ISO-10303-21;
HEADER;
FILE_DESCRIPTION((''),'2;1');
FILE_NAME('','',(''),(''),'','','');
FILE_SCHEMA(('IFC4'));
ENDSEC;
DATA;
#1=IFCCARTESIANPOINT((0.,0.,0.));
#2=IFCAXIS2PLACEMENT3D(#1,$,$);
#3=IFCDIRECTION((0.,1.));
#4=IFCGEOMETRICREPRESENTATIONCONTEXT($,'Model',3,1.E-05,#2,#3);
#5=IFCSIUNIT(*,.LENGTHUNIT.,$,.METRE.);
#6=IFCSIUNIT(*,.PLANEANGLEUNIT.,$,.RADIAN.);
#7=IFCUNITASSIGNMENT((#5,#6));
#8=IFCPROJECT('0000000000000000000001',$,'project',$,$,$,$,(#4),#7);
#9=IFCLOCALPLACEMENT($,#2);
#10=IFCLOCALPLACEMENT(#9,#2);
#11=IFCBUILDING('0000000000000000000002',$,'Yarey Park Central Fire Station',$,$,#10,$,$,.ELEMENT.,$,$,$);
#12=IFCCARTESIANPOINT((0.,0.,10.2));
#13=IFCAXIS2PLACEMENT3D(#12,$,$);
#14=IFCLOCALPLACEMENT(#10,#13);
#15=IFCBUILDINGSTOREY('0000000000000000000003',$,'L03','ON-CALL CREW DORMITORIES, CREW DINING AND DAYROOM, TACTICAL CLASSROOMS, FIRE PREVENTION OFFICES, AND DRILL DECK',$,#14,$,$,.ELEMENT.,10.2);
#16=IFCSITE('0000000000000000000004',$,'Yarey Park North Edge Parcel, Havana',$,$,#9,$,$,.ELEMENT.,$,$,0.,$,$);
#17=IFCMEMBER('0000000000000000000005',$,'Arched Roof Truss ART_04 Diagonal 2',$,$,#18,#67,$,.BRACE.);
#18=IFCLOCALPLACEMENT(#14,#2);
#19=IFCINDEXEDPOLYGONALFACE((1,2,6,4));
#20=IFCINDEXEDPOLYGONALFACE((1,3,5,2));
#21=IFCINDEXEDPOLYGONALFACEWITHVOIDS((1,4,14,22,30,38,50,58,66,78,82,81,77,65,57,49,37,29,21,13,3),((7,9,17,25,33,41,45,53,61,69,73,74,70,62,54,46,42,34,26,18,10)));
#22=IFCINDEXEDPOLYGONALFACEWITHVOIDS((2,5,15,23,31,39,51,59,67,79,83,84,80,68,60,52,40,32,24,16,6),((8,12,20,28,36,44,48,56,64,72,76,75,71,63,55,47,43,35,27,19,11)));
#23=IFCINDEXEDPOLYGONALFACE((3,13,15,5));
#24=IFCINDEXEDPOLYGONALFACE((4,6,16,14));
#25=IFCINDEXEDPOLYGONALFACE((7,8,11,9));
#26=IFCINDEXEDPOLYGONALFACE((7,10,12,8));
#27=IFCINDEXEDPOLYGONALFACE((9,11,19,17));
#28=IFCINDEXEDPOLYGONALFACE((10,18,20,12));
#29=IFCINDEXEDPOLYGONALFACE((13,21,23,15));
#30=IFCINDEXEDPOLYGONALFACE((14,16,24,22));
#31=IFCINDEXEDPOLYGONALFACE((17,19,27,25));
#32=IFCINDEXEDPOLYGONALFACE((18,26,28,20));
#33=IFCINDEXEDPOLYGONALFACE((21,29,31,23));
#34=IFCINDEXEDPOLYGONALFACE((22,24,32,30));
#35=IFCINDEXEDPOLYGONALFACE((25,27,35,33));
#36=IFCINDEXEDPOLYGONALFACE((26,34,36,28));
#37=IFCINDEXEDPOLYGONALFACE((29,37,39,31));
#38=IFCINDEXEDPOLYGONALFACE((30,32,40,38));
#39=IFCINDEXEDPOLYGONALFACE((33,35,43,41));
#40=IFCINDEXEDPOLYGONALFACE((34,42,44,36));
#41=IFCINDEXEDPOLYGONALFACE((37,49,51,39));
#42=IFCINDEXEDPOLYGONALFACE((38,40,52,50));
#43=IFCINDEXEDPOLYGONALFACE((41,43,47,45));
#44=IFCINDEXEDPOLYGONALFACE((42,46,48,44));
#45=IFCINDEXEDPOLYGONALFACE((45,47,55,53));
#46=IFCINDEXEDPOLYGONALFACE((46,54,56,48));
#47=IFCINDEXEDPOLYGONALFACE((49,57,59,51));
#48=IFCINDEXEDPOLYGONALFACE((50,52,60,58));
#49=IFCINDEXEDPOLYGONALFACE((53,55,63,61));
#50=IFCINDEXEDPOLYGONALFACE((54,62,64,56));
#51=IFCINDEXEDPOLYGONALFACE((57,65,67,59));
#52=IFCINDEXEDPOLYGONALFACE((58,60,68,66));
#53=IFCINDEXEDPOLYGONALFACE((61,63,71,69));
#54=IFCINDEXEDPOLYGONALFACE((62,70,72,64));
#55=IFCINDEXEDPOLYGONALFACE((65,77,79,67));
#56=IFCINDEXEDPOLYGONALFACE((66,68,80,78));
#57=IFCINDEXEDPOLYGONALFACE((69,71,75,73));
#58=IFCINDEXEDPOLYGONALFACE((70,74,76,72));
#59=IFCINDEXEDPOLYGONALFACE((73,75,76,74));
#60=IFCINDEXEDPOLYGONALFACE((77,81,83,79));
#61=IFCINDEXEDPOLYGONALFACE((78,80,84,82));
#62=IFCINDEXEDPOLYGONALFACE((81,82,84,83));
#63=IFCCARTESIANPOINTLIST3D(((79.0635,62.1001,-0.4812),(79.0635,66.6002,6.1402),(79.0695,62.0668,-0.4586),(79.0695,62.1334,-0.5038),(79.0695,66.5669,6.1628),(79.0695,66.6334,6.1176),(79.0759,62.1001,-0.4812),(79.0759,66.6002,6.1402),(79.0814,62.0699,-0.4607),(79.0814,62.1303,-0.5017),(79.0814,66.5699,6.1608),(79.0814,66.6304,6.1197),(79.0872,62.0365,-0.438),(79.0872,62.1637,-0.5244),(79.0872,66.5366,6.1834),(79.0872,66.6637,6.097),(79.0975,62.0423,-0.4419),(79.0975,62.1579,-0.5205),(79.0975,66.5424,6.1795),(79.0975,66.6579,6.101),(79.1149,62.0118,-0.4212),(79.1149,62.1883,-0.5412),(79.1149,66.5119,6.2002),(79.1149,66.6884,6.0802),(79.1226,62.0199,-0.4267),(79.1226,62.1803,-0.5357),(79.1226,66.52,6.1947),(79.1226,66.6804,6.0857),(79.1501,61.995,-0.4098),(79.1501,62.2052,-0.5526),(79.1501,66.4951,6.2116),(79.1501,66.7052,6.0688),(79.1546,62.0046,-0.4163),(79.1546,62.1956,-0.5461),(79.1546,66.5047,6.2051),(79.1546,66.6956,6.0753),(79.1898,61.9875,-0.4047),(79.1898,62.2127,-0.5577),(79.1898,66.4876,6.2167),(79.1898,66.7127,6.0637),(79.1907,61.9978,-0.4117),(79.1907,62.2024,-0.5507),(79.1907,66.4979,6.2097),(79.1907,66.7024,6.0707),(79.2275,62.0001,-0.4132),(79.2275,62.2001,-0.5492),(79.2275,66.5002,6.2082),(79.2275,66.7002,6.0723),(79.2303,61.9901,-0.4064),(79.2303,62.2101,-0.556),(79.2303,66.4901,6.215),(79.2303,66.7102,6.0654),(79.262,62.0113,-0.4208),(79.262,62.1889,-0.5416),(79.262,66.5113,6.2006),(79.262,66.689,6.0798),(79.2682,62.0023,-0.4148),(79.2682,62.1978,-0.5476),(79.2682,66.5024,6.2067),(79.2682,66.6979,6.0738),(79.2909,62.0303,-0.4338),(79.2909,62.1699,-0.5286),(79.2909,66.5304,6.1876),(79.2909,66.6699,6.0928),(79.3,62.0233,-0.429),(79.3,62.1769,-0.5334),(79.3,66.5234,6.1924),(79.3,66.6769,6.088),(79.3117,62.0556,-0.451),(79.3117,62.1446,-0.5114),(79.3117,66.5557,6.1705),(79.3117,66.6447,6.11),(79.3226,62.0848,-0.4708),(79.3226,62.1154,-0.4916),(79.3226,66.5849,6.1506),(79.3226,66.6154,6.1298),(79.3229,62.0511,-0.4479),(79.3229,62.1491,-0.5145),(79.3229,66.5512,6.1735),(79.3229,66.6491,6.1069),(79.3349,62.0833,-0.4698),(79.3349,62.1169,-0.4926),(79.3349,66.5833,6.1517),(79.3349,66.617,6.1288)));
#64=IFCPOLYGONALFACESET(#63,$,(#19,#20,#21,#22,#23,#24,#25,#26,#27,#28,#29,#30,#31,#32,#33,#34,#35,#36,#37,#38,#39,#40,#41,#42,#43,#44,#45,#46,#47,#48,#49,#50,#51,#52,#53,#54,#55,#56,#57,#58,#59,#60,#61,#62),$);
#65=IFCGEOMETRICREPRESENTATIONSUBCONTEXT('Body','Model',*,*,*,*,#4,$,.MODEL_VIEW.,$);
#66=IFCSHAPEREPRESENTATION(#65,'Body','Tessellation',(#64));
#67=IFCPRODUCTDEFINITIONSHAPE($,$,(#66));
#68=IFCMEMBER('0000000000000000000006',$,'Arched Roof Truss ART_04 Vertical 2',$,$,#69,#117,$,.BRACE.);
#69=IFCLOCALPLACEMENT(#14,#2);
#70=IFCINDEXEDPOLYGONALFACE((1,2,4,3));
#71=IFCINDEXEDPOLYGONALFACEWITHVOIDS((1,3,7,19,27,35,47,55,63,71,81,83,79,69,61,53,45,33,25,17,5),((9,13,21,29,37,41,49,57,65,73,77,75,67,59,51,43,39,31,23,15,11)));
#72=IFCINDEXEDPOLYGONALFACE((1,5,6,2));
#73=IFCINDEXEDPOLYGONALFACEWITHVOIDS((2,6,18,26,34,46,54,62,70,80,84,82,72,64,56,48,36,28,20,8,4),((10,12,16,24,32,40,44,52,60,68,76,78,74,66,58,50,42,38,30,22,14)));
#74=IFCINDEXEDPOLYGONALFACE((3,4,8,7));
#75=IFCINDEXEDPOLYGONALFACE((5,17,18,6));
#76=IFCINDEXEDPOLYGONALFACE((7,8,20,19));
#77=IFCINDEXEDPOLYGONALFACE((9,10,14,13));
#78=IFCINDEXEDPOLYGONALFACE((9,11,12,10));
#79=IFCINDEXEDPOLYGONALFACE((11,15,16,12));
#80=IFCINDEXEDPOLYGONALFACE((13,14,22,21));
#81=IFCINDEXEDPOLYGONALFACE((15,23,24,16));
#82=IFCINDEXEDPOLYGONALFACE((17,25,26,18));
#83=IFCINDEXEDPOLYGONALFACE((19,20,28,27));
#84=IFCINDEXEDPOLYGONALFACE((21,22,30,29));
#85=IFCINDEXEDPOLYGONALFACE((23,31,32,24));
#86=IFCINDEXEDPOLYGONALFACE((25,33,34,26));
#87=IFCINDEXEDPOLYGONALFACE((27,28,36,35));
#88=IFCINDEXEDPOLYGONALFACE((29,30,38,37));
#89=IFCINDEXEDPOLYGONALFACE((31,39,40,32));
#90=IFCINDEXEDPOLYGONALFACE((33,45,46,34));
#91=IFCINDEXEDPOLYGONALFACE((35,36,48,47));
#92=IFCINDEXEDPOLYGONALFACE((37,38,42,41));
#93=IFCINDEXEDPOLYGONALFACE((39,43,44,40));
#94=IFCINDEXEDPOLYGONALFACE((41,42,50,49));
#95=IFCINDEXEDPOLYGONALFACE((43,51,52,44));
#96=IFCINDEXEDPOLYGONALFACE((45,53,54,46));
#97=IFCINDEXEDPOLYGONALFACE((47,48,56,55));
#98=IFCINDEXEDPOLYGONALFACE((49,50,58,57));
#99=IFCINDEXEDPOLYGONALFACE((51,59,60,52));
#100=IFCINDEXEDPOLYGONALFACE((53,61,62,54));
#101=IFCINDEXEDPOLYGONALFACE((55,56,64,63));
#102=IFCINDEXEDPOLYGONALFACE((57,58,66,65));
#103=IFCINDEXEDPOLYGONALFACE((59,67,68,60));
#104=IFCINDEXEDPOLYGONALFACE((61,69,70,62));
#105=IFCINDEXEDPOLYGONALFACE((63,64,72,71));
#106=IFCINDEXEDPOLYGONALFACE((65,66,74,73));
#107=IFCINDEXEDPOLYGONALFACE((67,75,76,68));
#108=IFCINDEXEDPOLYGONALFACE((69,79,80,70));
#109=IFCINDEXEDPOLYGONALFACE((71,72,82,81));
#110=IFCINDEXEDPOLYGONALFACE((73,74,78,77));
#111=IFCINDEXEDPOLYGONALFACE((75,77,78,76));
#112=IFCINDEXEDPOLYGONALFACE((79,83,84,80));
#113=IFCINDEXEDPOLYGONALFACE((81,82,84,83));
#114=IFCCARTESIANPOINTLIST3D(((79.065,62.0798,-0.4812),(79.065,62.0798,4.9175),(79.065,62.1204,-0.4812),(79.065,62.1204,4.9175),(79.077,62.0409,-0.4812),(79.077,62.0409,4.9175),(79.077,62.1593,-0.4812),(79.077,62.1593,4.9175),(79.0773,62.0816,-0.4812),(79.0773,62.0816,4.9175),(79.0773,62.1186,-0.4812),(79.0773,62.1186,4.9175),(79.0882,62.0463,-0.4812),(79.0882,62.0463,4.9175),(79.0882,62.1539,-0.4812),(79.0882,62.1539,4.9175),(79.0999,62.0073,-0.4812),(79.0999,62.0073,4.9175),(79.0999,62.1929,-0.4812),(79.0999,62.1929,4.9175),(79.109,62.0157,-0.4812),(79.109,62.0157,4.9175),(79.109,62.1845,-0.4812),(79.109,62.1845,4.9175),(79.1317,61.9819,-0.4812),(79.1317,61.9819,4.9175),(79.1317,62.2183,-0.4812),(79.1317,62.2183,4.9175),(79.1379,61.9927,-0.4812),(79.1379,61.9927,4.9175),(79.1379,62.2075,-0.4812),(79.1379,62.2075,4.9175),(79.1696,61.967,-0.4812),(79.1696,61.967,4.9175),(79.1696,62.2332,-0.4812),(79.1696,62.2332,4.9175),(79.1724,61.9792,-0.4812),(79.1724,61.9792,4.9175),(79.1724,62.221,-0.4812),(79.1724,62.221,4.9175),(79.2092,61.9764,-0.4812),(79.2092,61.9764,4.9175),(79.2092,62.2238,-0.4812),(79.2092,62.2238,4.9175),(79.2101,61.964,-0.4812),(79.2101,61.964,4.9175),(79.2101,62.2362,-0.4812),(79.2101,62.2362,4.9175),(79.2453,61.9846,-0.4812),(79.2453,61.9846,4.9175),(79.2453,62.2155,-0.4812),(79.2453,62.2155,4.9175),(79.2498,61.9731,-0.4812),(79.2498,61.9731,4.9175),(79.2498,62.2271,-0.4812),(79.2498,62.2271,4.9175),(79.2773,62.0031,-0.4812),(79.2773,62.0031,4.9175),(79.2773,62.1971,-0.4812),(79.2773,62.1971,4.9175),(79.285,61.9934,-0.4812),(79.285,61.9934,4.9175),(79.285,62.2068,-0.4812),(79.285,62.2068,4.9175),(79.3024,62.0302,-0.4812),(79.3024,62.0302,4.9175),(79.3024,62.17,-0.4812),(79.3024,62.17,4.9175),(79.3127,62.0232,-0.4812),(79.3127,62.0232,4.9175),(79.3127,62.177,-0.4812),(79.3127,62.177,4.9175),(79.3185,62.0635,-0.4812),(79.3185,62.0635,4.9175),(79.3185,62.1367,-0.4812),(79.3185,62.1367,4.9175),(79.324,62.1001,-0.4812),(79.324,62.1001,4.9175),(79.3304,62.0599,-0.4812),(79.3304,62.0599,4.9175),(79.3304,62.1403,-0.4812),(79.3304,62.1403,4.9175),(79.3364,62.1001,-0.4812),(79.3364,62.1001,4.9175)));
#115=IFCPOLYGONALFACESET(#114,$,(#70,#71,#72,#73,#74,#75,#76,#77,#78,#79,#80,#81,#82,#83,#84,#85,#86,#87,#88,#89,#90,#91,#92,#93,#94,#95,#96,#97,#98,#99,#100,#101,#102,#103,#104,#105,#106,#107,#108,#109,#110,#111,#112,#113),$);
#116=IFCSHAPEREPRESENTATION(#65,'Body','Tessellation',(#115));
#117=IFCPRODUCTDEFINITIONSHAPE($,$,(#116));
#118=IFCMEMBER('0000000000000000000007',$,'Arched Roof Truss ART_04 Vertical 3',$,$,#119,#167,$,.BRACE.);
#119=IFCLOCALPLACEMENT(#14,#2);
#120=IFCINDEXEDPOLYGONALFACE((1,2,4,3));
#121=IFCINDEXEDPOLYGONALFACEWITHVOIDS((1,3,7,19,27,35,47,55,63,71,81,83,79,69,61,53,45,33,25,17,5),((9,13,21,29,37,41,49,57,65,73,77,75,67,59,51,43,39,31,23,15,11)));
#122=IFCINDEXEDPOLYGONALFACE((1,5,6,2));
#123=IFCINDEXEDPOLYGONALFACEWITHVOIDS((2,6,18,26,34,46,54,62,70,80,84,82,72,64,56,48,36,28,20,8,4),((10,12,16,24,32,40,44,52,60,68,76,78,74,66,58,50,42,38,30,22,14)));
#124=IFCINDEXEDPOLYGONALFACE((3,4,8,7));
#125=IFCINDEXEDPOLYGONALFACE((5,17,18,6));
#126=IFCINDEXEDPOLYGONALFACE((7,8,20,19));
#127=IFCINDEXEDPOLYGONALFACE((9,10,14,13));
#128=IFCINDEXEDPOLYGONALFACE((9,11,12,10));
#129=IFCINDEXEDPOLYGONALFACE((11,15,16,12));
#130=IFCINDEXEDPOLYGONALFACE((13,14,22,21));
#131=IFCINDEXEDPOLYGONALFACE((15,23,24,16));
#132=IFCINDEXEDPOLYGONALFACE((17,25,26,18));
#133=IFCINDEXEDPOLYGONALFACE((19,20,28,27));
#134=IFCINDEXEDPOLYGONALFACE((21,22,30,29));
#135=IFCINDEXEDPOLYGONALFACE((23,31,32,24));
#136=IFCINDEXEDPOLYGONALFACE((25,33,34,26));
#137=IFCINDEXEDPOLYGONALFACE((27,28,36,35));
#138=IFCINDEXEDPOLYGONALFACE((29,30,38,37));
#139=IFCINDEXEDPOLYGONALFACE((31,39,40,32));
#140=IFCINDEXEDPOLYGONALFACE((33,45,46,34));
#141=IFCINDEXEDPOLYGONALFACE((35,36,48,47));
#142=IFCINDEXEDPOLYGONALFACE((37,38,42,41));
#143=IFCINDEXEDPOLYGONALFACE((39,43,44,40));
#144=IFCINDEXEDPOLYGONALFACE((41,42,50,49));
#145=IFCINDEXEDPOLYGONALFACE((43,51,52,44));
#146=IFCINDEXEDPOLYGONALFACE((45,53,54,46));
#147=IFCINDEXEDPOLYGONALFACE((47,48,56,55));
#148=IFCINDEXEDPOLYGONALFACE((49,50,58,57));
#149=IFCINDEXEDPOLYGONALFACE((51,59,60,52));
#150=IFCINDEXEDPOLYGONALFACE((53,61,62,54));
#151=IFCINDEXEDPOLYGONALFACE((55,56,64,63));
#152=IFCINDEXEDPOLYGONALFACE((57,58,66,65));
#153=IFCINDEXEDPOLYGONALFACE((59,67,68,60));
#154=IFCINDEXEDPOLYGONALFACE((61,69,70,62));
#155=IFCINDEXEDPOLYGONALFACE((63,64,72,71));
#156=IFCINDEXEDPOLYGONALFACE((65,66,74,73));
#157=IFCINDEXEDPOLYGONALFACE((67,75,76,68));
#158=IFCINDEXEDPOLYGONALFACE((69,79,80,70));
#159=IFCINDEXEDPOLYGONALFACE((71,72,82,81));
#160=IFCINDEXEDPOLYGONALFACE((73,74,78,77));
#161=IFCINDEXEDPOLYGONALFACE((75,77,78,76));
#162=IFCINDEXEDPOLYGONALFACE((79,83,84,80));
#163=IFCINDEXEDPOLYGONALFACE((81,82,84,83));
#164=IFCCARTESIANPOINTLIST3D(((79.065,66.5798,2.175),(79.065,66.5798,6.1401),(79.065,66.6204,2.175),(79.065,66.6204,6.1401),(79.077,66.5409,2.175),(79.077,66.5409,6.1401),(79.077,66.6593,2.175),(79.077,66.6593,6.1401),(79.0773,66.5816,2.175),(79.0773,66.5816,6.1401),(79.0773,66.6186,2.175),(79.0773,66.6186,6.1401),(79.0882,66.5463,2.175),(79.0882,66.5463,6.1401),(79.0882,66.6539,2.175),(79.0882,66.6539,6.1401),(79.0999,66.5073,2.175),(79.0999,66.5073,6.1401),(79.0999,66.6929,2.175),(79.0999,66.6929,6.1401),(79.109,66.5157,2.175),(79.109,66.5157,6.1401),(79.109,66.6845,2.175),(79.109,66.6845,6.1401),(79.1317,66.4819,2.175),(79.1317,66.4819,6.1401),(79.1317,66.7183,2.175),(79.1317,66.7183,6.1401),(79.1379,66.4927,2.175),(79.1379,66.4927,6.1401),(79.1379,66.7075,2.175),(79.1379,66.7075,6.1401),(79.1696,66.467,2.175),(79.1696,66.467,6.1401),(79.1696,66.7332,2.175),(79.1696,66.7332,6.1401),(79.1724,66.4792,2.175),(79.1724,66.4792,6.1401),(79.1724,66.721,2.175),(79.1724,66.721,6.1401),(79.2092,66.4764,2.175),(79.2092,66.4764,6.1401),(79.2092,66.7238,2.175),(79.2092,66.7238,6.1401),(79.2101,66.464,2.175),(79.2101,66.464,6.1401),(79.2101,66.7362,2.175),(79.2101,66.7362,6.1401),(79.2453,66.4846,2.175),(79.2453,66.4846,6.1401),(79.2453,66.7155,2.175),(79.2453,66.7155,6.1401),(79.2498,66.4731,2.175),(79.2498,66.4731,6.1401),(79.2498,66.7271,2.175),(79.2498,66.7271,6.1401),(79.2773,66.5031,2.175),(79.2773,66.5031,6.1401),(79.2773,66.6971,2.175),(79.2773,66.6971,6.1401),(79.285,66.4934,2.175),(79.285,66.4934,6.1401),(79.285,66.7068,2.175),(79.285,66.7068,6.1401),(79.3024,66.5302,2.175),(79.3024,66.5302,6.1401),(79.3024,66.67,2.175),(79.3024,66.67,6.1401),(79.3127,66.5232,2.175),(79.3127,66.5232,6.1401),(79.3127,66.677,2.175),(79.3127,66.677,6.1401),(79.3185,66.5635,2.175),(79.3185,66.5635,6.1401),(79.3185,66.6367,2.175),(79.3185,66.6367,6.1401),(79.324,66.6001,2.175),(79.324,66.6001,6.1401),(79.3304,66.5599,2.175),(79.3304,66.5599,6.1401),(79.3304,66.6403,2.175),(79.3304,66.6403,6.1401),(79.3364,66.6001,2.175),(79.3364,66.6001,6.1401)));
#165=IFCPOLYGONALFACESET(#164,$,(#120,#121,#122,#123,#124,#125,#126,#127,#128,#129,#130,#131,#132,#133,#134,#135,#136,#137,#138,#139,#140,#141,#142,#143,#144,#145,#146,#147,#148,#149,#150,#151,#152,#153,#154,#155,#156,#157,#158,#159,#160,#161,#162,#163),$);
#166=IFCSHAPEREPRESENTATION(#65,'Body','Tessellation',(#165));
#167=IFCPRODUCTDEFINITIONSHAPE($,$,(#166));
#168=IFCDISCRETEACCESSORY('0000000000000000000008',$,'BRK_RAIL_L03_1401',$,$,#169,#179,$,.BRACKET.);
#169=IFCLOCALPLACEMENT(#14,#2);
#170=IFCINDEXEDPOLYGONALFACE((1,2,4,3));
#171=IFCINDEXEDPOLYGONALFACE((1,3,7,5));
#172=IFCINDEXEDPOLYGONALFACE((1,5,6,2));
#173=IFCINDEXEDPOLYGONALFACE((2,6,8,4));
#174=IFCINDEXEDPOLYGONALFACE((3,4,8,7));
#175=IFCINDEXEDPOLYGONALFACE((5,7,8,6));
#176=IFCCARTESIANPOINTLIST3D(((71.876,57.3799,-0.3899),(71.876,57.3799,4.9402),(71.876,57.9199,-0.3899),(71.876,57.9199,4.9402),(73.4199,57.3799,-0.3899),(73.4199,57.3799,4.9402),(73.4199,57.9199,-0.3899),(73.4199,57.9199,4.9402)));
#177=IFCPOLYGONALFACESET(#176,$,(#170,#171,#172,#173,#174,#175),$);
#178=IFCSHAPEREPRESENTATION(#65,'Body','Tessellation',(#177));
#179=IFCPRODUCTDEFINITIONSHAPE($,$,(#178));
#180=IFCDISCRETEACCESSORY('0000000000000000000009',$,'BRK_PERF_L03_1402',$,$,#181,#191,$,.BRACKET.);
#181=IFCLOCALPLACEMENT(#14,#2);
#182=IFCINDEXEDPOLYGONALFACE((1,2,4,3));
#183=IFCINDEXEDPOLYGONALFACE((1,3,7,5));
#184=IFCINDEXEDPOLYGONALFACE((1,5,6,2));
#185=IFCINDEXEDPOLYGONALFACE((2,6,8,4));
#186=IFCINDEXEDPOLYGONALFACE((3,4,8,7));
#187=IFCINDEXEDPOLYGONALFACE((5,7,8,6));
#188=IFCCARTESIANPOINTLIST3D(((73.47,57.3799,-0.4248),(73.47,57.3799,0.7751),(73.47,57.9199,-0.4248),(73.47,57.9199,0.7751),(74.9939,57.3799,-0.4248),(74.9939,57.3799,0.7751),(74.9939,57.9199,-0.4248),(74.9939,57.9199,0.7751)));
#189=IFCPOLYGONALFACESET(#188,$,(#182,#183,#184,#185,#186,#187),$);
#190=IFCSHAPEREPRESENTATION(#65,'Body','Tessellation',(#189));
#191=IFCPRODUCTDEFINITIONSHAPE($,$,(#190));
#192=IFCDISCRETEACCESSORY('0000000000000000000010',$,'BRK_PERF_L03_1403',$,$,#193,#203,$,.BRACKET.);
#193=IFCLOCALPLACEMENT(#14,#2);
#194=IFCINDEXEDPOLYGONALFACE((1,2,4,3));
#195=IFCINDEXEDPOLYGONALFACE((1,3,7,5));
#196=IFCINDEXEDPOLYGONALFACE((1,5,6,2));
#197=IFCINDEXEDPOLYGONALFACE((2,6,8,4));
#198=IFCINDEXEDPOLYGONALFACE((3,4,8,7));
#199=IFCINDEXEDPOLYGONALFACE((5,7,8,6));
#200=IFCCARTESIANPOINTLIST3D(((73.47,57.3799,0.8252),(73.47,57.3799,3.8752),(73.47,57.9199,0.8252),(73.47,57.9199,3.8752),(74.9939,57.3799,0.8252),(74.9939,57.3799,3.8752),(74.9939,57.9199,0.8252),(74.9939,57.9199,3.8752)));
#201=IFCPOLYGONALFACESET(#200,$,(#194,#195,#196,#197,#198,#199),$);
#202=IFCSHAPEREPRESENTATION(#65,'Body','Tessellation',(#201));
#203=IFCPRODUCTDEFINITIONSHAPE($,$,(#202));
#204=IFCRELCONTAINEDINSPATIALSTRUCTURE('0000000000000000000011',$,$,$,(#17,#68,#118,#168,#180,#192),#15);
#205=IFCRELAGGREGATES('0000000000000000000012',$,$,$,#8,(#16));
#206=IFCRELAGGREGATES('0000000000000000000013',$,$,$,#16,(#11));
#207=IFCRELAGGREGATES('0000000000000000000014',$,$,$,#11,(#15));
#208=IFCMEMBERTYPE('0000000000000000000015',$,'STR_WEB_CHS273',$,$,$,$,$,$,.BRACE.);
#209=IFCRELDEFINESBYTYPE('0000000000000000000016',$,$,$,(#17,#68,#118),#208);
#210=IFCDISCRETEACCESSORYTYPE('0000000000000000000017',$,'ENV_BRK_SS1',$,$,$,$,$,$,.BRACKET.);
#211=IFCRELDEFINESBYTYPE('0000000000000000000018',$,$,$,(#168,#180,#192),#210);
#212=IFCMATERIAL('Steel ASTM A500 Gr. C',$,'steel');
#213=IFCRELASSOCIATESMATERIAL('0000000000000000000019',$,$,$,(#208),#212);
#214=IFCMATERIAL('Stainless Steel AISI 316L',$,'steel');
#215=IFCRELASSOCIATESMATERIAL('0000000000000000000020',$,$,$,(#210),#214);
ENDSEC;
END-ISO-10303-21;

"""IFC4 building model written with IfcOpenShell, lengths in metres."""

from ifc_helpers import new_model, si_unit, direction, frame, origin, origin_2d, place, context, subcontext, project, spatial, rectangle, hollow_circle, extrude, material, material_profile, profile_set, type_object, element, save


model = new_model("IFC4")

# Units and contexts
model_context = context("Model", 3, precision=1e-05, world=origin(), true_north=direction((0.0, 1.0)))
body_context = subcontext(model_context, "Body", "Model", "MODEL_VIEW")
ifc_project = project(units=[si_unit("LENGTHUNIT", "METRE"), si_unit("PLANEANGLEUNIT", "RADIAN")], contexts=[model_context])

# Site, building, storey
site_placement = place(None, origin())
site = spatial("IfcSite", under=ifc_project, at=site_placement, Name="Yarey Park North Edge Parcel, Havana", CompositionType="ELEMENT", RefElevation=0.0)
building_placement = place(site_placement, origin())
building = spatial("IfcBuilding", under=site, at=building_placement, Name="Yarey Park Central Fire Station", CompositionType="ELEMENT")
storey_placement = place(building_placement, frame((0.0, 0.0, 10.2)))
storey = spatial("IfcBuildingStorey", under=building, at=storey_placement, Name="L03", Description="ON-CALL CREW DORMITORIES, CREW DINING AND DAYROOM, TACTICAL CLASSROOMS, FIRE PREVENTION OFFICES, AND DRILL DECK", CompositionType="ELEMENT", Elevation=10.2)

# Members
ifc_material_1 = material(Name="Steel ASTM A500 Gr. C", Category="steel")
ifc_material_profile_1 = material_profile(ifc_material_1, hollow_circle(Radius=0.1365, WallThickness=0.0125, at=origin_2d()), Name="CHS 273x12.5")
ifc_profile_set_1 = profile_set([ifc_material_profile_1], Name="Steel ASTM A500 Gr. C")
member_type_1 = type_object("IfcMemberType", Name="STR_WEB_CHS273", PredefinedType="BRACE", material=ifc_profile_set_1)
member_1_placement = place(storey_placement, frame((79.2, 62.1001, -0.4812), z_axis=(0.0, 0.562096, 0.827072), x_axis=(-1.0, 0.0, 0.0)))
element("IfcMember", 1, at=member_1_placement, inside=storey, type_object=member_type_1, Name="Arched Roof Truss ART_04 Diagonal 2", PredefinedType="BRACE", context=body_context, shape_type="SweptSolid", body=[
    extrude(hollow_circle(Radius=0.1365, WallThickness=0.0125, at=origin_2d()), origin(), (0.0, 0.0, 1.0), 8.0059),
])
member_2_placement = place(storey_placement, frame((79.2, 62.1001, -0.4812), z_axis=(0.0, 0.0, 1.0), x_axis=(1.0, 0.0, 0.0)))
element("IfcMember", 2, at=member_2_placement, inside=storey, type_object=member_type_1, Name="Arched Roof Truss ART_04 Vertical 2", PredefinedType="BRACE", context=body_context, shape_type="SweptSolid", body=[
    extrude(hollow_circle(Radius=0.1365, WallThickness=0.0125, at=origin_2d()), origin(), (0.0, 0.0, 1.0), 5.3987),
])
member_3_placement = place(storey_placement, frame((79.2, 66.6001, 2.175), z_axis=(0.0, 0.0, 1.0), x_axis=(1.0, 0.0, 0.0)))
element("IfcMember", 3, at=member_3_placement, inside=storey, type_object=member_type_1, Name="Arched Roof Truss ART_04 Vertical 3", PredefinedType="BRACE", context=body_context, shape_type="SweptSolid", body=[
    extrude(hollow_circle(Radius=0.1365, WallThickness=0.0125, at=origin_2d()), origin(), (0.0, 0.0, 1.0), 3.9651),
])

# Discrete accessories
ifc_material_2 = material(Name="Stainless Steel AISI 316L", Category="steel")
discrete_accessory_type = type_object("IfcDiscreteAccessoryType", Name="ENV_BRK_SS1", PredefinedType="BRACKET", material=ifc_material_2)
discrete_accessory_1_placement = place(storey_placement, frame((72.6479, 57.6499, -0.3899), z_axis=(0.0, 0.0, 1.0), x_axis=(1.0, 0.0, 0.0)))
element("IfcDiscreteAccessory", 4, at=discrete_accessory_1_placement, inside=storey, type_object=discrete_accessory_type, Name="BRK_RAIL_L03_1401", PredefinedType="BRACKET", context=body_context, shape_type="SweptSolid", body=[
    extrude(rectangle(XDim=1.5439, YDim=0.54, at=origin_2d()), origin(), (0.0, 0.0, 1.0), 5.3301),
])
discrete_accessory_2_placement = place(storey_placement, frame((74.2319, 57.6499, -0.4248), z_axis=(0.0, 0.0, 1.0), x_axis=(1.0, 0.0, 0.0)))
element("IfcDiscreteAccessory", 5, at=discrete_accessory_2_placement, inside=storey, type_object=discrete_accessory_type, Name="BRK_PERF_L03_1402", PredefinedType="BRACKET", context=body_context, shape_type="SweptSolid", body=[
    extrude(rectangle(XDim=1.5239, YDim=0.54, at=origin_2d()), origin(), (0.0, 0.0, 1.0), 1.2),
])
discrete_accessory_3_placement = place(storey_placement, frame((74.2319, 57.6499, 0.8252), z_axis=(0.0, 0.0, 1.0), x_axis=(1.0, 0.0, 0.0)))
element("IfcDiscreteAccessory", 6, at=discrete_accessory_3_placement, inside=storey, type_object=discrete_accessory_type, Name="BRK_PERF_L03_1403", PredefinedType="BRACKET", context=body_context, shape_type="SweptSolid", body=[
    extrude(rectangle(XDim=1.5239, YDim=0.54, at=origin_2d()), origin(), (0.0, 0.0, 1.0), 3.05),
])

save(model, "model.ifc")
